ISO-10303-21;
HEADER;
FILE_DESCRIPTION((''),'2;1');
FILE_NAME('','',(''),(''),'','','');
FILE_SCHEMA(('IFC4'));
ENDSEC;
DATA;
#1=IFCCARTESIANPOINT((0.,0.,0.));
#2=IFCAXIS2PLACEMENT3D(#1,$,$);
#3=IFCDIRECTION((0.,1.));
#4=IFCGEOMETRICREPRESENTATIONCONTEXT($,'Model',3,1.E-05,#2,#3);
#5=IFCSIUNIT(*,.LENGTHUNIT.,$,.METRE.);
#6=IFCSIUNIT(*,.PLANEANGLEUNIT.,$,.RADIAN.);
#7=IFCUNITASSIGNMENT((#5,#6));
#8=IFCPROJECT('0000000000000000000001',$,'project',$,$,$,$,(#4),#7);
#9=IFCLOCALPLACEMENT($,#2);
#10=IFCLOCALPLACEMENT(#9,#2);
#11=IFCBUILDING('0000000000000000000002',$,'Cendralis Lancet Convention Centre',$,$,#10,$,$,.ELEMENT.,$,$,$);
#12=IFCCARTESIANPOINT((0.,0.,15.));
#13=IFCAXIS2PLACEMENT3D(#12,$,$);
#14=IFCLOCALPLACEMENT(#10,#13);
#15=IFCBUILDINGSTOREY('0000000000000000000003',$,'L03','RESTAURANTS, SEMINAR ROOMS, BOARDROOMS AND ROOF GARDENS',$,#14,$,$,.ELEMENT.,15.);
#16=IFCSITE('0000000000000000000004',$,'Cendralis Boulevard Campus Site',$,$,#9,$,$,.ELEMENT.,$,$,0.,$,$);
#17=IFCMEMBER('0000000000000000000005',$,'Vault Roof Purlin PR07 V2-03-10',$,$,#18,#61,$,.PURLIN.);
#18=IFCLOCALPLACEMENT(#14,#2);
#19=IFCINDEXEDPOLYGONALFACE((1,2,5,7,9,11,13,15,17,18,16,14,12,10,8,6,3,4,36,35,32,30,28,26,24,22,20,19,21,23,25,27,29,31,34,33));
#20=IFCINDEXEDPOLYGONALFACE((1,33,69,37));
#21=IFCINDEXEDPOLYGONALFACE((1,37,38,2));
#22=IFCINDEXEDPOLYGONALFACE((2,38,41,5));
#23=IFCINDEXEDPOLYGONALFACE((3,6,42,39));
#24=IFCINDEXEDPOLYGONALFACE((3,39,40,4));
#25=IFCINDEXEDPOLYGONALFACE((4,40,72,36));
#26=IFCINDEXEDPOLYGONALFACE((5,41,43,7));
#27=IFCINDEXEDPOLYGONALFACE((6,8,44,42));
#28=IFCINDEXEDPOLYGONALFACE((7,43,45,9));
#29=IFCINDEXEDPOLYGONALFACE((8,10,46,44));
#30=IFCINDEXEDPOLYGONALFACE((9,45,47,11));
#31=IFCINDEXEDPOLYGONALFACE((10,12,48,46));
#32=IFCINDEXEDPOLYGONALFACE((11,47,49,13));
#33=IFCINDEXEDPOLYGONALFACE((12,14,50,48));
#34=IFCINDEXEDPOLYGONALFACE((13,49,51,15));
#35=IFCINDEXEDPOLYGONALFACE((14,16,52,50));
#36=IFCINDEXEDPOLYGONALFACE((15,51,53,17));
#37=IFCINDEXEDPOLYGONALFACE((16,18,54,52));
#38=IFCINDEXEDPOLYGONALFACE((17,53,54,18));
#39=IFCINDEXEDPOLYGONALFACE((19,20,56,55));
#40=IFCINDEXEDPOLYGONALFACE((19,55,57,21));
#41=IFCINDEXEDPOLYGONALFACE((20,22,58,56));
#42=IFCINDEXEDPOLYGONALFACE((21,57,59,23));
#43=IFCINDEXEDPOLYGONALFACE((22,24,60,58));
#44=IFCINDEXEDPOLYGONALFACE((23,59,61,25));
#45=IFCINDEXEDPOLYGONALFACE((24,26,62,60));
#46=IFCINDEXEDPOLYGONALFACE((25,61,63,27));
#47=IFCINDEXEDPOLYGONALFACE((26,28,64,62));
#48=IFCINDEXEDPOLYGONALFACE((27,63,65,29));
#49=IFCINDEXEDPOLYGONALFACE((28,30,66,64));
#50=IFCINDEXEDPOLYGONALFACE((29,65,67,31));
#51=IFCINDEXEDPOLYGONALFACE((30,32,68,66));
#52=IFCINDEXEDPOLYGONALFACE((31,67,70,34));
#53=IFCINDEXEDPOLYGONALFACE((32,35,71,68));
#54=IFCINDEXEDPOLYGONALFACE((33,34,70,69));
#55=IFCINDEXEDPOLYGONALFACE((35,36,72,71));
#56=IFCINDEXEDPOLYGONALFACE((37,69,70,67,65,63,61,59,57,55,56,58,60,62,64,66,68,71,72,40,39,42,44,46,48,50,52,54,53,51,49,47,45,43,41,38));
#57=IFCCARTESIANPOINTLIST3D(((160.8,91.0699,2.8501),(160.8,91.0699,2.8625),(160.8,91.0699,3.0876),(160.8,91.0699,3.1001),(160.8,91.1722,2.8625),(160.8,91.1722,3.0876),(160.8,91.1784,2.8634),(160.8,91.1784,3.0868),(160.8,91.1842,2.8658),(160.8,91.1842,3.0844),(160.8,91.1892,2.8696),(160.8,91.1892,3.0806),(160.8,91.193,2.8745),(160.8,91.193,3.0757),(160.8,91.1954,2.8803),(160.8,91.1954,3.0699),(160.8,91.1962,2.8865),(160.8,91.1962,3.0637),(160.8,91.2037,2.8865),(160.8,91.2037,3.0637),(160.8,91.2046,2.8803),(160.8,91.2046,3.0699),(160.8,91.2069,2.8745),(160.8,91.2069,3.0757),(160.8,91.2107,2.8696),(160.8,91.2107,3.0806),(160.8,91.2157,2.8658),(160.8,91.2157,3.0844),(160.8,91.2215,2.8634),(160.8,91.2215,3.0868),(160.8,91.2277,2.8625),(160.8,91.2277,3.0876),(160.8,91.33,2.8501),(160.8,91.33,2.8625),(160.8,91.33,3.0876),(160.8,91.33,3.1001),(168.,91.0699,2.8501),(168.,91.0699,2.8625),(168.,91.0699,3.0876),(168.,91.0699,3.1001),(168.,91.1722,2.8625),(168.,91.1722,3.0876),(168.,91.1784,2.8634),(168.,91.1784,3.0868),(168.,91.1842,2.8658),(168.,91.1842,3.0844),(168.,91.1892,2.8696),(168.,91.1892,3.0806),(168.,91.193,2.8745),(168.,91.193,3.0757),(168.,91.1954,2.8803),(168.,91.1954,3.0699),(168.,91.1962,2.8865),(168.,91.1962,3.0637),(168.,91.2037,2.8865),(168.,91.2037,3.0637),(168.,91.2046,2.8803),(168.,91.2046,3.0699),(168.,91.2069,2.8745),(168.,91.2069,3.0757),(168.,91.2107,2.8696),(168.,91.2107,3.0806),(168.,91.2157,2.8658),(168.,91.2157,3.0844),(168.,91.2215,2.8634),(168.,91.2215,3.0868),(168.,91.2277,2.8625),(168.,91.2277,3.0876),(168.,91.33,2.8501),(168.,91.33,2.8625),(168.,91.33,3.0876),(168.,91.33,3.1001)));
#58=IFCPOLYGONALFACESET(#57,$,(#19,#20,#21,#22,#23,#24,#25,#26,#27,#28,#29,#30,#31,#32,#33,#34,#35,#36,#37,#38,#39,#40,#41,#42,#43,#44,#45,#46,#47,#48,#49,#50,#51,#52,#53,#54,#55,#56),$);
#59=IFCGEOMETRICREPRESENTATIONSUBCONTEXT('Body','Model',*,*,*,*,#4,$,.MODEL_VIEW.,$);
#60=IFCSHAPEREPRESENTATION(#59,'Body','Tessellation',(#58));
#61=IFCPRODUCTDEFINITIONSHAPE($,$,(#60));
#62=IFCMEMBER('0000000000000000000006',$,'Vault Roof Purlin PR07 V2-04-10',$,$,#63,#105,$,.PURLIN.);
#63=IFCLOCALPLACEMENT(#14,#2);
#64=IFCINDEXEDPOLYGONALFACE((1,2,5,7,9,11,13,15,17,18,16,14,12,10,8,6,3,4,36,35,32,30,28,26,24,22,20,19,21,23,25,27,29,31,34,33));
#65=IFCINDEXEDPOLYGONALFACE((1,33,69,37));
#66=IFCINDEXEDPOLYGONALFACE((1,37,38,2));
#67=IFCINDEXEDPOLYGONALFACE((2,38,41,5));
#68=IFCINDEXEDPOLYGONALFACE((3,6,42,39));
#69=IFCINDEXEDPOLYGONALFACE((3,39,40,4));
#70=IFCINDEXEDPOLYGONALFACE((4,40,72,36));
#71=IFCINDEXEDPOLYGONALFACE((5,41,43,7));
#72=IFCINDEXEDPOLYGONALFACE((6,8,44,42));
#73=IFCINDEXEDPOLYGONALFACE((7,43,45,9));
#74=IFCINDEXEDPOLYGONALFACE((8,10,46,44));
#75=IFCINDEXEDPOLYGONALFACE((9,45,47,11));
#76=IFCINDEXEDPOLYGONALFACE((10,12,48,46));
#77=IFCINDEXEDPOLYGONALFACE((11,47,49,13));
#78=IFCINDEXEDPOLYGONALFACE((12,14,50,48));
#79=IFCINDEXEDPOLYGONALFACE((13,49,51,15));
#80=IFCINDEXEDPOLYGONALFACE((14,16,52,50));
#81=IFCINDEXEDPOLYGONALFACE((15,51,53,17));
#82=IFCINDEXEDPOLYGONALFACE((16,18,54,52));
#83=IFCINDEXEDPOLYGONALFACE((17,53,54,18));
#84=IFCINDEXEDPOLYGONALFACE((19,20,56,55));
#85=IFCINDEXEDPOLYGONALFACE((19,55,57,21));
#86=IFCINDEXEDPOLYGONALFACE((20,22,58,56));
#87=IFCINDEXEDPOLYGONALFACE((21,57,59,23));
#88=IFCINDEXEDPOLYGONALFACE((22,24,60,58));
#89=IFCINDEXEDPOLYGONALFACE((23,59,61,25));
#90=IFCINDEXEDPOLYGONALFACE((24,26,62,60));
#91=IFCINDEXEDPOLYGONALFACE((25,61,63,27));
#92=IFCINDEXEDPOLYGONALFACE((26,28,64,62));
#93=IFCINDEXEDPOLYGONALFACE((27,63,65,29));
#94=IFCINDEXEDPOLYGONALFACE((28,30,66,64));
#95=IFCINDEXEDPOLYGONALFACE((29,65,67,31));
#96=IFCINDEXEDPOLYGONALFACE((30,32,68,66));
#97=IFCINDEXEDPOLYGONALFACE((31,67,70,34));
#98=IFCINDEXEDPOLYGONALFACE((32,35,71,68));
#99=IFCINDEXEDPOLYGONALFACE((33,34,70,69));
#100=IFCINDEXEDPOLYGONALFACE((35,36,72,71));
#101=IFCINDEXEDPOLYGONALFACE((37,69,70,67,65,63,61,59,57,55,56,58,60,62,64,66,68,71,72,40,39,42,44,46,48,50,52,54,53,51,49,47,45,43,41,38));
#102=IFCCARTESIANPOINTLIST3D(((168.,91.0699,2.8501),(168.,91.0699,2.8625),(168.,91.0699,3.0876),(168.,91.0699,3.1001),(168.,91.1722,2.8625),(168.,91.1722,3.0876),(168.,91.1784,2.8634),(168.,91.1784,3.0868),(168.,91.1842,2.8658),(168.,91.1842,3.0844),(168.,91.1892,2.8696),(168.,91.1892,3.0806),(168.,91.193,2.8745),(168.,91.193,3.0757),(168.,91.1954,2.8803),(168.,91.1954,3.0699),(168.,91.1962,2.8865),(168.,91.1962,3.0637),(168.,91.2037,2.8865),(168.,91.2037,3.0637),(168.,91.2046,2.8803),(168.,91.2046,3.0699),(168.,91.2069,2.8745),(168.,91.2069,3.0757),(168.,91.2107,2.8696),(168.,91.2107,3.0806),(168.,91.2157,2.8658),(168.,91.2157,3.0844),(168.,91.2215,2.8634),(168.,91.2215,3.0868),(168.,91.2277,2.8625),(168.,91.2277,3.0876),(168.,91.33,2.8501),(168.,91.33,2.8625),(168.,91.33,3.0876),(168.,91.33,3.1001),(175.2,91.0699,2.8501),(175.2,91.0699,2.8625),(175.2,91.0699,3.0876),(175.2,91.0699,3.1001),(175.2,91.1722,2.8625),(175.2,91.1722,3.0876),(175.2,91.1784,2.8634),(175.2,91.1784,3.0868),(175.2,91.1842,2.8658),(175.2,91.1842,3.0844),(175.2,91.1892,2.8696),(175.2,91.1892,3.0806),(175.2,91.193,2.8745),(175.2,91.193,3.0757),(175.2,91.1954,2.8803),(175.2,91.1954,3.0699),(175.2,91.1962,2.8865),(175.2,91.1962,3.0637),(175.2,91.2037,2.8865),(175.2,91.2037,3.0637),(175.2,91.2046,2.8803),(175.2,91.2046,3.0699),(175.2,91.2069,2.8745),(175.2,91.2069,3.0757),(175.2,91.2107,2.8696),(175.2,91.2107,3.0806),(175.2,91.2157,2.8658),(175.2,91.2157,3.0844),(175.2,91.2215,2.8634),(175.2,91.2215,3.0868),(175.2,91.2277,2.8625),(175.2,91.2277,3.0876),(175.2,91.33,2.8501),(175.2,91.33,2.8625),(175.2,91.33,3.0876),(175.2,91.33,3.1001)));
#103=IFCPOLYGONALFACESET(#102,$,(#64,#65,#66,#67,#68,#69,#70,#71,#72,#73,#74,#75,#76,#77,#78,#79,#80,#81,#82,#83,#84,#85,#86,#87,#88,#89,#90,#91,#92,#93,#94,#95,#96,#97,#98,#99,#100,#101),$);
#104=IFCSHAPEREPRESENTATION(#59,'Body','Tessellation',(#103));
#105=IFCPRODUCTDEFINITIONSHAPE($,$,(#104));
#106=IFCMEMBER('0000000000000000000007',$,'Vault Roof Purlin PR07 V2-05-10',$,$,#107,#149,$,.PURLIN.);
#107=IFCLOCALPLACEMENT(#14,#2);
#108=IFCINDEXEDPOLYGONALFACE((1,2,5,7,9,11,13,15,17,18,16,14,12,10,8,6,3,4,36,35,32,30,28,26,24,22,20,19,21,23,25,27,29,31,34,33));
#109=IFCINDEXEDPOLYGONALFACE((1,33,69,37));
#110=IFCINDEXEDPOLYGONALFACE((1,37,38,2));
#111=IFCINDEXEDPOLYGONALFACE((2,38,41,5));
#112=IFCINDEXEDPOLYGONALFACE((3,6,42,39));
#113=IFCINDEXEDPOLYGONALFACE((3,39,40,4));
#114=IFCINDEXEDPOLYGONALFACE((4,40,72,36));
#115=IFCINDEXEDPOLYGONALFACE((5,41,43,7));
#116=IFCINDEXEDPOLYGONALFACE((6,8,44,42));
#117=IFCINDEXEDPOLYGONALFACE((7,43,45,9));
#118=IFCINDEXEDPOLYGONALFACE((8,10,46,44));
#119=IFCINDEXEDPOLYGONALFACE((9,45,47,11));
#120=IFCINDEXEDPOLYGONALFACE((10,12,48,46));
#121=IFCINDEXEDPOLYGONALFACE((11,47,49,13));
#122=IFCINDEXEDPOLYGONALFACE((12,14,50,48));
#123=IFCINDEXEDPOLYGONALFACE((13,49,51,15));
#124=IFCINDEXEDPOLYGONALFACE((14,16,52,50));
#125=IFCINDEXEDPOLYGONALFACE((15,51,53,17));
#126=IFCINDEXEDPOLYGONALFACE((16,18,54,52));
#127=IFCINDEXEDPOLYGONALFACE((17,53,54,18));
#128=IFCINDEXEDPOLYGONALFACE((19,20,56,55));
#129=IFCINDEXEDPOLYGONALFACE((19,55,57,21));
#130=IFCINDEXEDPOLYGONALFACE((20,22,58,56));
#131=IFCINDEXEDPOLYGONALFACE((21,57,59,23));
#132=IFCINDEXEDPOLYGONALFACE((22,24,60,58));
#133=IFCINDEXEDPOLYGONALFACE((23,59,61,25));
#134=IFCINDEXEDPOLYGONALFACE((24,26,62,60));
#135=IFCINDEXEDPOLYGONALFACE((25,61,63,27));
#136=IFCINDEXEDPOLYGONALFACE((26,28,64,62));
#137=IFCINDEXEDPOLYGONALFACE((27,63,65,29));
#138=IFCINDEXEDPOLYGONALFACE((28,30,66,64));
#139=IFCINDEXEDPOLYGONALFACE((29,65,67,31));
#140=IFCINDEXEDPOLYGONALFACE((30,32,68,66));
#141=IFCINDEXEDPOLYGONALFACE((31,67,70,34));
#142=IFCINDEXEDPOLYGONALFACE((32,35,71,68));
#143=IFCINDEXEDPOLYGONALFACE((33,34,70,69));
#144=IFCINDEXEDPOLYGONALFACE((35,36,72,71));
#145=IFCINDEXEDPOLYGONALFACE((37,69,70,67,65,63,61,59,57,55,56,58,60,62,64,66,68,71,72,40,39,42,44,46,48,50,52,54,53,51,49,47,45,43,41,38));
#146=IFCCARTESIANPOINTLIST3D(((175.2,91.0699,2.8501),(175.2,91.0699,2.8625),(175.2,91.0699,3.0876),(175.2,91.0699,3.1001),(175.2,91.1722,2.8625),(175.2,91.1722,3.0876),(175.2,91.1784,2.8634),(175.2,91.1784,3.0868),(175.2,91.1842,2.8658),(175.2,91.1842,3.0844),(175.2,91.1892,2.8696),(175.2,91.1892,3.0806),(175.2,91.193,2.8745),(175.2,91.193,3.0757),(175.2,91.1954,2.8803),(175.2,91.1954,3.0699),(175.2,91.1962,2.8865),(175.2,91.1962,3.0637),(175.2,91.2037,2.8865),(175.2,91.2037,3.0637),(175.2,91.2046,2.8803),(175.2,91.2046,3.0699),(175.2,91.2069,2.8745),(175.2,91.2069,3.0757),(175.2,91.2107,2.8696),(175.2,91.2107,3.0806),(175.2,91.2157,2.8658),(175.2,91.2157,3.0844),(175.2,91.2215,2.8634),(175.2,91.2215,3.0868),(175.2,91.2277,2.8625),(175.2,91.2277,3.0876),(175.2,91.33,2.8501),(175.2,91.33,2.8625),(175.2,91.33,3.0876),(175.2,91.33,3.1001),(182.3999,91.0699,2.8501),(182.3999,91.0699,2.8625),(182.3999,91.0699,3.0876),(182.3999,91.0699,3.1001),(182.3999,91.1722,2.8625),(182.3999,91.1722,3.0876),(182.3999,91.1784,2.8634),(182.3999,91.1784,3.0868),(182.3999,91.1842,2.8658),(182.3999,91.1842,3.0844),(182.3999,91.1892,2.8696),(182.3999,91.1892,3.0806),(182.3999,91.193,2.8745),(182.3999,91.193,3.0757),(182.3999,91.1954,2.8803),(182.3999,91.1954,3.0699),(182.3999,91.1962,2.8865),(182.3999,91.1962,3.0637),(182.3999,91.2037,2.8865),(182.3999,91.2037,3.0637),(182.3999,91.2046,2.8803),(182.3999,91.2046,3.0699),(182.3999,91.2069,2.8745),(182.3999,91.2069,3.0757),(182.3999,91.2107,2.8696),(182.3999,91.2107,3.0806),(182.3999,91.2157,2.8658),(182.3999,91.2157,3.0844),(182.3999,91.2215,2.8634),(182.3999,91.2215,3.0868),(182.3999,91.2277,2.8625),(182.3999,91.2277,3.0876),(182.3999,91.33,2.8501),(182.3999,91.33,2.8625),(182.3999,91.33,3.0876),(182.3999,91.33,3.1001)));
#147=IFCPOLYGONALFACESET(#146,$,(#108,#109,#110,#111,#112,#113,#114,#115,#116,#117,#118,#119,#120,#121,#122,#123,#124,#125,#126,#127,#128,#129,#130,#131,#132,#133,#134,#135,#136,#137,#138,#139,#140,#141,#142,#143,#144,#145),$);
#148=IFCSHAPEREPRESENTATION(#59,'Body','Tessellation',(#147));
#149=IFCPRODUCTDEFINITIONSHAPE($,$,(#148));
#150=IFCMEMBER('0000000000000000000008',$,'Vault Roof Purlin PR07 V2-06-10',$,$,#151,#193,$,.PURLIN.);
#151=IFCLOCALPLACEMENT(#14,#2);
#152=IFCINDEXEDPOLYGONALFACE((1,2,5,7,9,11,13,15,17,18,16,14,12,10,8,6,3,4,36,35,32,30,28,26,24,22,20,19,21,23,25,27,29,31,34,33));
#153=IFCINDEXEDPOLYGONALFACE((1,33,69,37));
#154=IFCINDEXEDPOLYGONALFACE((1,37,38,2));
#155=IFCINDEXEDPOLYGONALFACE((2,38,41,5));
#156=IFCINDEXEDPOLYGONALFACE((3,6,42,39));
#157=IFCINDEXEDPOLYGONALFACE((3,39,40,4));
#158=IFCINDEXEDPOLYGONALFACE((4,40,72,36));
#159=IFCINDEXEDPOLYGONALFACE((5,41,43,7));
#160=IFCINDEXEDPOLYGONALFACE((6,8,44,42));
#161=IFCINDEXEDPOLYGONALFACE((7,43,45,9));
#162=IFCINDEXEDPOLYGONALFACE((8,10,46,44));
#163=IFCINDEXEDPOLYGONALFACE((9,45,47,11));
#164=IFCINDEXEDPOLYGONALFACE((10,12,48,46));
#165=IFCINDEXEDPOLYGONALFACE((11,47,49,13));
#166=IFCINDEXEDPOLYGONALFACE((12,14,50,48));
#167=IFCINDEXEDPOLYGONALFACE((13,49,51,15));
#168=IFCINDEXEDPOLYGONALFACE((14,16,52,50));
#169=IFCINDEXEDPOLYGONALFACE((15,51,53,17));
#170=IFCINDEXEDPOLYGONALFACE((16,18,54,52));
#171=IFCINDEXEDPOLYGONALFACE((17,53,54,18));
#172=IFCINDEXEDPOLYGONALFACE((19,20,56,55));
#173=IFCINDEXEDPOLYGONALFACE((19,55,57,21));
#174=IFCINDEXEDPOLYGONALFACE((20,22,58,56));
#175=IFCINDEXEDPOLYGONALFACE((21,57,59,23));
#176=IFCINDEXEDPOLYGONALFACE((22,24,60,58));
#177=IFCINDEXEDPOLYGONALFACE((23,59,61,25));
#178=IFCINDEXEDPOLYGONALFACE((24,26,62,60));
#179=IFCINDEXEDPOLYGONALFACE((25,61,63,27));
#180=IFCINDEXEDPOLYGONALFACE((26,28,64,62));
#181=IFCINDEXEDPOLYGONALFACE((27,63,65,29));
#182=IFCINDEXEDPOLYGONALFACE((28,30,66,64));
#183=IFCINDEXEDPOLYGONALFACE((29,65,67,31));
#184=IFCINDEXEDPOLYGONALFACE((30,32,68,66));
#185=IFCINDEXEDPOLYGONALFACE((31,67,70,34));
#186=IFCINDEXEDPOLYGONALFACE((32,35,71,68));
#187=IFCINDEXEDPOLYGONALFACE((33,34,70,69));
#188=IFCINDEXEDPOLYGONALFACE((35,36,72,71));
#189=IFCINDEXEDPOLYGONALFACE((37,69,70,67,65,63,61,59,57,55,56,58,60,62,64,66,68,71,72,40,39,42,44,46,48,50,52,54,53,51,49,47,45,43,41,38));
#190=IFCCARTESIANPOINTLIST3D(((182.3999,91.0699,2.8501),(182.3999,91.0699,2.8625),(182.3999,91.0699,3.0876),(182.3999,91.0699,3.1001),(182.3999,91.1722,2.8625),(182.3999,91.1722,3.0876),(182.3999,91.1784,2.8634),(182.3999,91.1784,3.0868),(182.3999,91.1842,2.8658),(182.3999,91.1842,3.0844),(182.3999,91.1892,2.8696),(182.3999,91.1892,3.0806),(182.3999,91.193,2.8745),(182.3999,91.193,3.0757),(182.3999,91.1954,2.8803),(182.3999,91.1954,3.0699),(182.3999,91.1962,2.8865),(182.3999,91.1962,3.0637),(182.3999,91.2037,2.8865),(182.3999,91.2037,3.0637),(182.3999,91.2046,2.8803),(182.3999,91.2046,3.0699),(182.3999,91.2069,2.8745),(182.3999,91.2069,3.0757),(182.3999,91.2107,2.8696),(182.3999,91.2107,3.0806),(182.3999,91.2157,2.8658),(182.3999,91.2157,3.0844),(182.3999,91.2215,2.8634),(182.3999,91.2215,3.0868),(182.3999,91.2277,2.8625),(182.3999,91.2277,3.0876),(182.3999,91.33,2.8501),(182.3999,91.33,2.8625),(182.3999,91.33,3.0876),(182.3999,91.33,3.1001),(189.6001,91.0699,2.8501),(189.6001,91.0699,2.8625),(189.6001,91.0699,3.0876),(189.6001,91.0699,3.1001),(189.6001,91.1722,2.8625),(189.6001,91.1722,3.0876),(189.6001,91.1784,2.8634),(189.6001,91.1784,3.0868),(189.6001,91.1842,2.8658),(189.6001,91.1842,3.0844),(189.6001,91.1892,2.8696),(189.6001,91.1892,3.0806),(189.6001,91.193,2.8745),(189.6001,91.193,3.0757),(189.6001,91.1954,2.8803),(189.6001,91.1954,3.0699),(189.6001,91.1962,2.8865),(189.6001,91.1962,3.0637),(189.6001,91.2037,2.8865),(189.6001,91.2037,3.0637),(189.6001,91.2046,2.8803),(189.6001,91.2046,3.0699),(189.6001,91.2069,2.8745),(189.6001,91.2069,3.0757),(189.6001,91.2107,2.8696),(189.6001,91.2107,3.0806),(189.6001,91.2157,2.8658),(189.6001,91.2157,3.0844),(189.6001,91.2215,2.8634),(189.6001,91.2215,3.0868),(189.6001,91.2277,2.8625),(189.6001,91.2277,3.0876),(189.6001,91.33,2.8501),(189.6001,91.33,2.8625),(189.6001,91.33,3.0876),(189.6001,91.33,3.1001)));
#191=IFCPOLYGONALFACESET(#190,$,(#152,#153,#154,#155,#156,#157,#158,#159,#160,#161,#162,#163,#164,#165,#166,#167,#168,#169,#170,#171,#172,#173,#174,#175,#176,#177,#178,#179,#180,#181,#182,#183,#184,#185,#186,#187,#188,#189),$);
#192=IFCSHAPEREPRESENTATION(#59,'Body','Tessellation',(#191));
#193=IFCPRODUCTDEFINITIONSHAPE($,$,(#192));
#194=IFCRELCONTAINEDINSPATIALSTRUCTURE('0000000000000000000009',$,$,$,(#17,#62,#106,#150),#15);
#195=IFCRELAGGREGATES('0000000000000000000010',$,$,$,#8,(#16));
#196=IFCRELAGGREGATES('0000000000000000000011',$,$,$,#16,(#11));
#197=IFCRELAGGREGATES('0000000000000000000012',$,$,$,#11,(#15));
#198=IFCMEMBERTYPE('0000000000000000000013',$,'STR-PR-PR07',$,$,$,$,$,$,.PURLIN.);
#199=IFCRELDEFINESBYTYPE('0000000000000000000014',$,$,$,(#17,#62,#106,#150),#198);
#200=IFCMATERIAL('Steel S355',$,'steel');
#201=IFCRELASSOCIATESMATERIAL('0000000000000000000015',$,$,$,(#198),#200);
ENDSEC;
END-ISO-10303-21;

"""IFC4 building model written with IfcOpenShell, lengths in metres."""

from ifc_helpers import new_model, si_unit, direction, frame, origin, origin_2d, place, context, subcontext, project, spatial, i_section, extrude, material, material_profile, profile_set, type_object, element, save


model = new_model("IFC4")

# Units and contexts
model_context = context("Model", 3, precision=1e-05, world=origin(), true_north=direction((0.0, 1.0)))
body_context = subcontext(model_context, "Body", "Model", "MODEL_VIEW")
ifc_project = project(units=[si_unit("LENGTHUNIT", "METRE"), si_unit("PLANEANGLEUNIT", "RADIAN")], contexts=[model_context])

# Site, building, storey
site_placement = place(None, origin())
site = spatial("IfcSite", under=ifc_project, at=site_placement, Name="Cendralis Boulevard Campus Site", CompositionType="ELEMENT", RefElevation=0.0)
building_placement = place(site_placement, origin())
building = spatial("IfcBuilding", under=site, at=building_placement, Name="Cendralis Lancet Convention Centre", CompositionType="ELEMENT")
storey_placement = place(building_placement, frame((0.0, 0.0, 15.0)))
storey = spatial("IfcBuildingStorey", under=building, at=storey_placement, Name="L03", Description="RESTAURANTS, SEMINAR ROOMS, BOARDROOMS AND ROOF GARDENS", CompositionType="ELEMENT", Elevation=15.0)

# Shared definitions
ifc_material_1 = material(Name="Steel S355", Category="steel")

# Members
ifc_material_profile_1 = material_profile(ifc_material_1, i_section(OverallWidth=0.26, OverallDepth=0.25, WebThickness=0.0076, FlangeThickness=0.0125, FilletRadius=0.0239, at=origin_2d()), Name="HEA 260")
ifc_profile_set_1 = profile_set([ifc_material_profile_1], Name="Steel S355")
member_type_1 = type_object("IfcMemberType", Name="STR-PR-PR07", PredefinedType="PURLIN", material=ifc_profile_set_1)
for number, where, z_axis, x_axis, name in (
    (1, (160.8, 91.2, 2.9751), (1.0, 0.0, 0.0), (0.0, 1.0, 0.0), "Vault Roof Purlin PR07 V2-03-10"),
    (2, (168.0, 91.2, 2.9751), (1.0, 0.0, 0.0), (0.0, 1.0, 0.0), "Vault Roof Purlin PR07 V2-04-10"),
    (3, (175.2, 91.2, 2.9751), (1.0, 0.0, 0.0), (0.0, 1.0, 0.0), "Vault Roof Purlin PR07 V2-05-10"),
):
    element("IfcMember", number, at=place(storey_placement, frame(where, z_axis=z_axis, x_axis=x_axis)), inside=storey, type_object=member_type_1, Name=name, PredefinedType="PURLIN", context=body_context, shape_type="SweptSolid", body=[
        extrude(i_section(OverallWidth=0.26, OverallDepth=0.25, WebThickness=0.0076, FlangeThickness=0.0125, FilletRadius=0.0239, at=origin_2d()), origin(), (0.0, 0.0, 1.0), 7.2),
    ])
member_1_placement = place(storey_placement, frame((182.3999, 91.2, 2.9751), z_axis=(1.0, 0.0, 0.0), x_axis=(0.0, 1.0, 0.0)))
element("IfcMember", 4, at=member_1_placement, inside=storey, type_object=member_type_1, Name="Vault Roof Purlin PR07 V2-06-10", PredefinedType="PURLIN", context=body_context, shape_type="SweptSolid", body=[
    extrude(i_section(OverallWidth=0.26, OverallDepth=0.25, WebThickness=0.0076, FlangeThickness=0.0125, FilletRadius=0.0239, at=origin_2d()), origin(), (0.0, 0.0, 1.0), 7.2002),
])

save(model, "model.ifc")
